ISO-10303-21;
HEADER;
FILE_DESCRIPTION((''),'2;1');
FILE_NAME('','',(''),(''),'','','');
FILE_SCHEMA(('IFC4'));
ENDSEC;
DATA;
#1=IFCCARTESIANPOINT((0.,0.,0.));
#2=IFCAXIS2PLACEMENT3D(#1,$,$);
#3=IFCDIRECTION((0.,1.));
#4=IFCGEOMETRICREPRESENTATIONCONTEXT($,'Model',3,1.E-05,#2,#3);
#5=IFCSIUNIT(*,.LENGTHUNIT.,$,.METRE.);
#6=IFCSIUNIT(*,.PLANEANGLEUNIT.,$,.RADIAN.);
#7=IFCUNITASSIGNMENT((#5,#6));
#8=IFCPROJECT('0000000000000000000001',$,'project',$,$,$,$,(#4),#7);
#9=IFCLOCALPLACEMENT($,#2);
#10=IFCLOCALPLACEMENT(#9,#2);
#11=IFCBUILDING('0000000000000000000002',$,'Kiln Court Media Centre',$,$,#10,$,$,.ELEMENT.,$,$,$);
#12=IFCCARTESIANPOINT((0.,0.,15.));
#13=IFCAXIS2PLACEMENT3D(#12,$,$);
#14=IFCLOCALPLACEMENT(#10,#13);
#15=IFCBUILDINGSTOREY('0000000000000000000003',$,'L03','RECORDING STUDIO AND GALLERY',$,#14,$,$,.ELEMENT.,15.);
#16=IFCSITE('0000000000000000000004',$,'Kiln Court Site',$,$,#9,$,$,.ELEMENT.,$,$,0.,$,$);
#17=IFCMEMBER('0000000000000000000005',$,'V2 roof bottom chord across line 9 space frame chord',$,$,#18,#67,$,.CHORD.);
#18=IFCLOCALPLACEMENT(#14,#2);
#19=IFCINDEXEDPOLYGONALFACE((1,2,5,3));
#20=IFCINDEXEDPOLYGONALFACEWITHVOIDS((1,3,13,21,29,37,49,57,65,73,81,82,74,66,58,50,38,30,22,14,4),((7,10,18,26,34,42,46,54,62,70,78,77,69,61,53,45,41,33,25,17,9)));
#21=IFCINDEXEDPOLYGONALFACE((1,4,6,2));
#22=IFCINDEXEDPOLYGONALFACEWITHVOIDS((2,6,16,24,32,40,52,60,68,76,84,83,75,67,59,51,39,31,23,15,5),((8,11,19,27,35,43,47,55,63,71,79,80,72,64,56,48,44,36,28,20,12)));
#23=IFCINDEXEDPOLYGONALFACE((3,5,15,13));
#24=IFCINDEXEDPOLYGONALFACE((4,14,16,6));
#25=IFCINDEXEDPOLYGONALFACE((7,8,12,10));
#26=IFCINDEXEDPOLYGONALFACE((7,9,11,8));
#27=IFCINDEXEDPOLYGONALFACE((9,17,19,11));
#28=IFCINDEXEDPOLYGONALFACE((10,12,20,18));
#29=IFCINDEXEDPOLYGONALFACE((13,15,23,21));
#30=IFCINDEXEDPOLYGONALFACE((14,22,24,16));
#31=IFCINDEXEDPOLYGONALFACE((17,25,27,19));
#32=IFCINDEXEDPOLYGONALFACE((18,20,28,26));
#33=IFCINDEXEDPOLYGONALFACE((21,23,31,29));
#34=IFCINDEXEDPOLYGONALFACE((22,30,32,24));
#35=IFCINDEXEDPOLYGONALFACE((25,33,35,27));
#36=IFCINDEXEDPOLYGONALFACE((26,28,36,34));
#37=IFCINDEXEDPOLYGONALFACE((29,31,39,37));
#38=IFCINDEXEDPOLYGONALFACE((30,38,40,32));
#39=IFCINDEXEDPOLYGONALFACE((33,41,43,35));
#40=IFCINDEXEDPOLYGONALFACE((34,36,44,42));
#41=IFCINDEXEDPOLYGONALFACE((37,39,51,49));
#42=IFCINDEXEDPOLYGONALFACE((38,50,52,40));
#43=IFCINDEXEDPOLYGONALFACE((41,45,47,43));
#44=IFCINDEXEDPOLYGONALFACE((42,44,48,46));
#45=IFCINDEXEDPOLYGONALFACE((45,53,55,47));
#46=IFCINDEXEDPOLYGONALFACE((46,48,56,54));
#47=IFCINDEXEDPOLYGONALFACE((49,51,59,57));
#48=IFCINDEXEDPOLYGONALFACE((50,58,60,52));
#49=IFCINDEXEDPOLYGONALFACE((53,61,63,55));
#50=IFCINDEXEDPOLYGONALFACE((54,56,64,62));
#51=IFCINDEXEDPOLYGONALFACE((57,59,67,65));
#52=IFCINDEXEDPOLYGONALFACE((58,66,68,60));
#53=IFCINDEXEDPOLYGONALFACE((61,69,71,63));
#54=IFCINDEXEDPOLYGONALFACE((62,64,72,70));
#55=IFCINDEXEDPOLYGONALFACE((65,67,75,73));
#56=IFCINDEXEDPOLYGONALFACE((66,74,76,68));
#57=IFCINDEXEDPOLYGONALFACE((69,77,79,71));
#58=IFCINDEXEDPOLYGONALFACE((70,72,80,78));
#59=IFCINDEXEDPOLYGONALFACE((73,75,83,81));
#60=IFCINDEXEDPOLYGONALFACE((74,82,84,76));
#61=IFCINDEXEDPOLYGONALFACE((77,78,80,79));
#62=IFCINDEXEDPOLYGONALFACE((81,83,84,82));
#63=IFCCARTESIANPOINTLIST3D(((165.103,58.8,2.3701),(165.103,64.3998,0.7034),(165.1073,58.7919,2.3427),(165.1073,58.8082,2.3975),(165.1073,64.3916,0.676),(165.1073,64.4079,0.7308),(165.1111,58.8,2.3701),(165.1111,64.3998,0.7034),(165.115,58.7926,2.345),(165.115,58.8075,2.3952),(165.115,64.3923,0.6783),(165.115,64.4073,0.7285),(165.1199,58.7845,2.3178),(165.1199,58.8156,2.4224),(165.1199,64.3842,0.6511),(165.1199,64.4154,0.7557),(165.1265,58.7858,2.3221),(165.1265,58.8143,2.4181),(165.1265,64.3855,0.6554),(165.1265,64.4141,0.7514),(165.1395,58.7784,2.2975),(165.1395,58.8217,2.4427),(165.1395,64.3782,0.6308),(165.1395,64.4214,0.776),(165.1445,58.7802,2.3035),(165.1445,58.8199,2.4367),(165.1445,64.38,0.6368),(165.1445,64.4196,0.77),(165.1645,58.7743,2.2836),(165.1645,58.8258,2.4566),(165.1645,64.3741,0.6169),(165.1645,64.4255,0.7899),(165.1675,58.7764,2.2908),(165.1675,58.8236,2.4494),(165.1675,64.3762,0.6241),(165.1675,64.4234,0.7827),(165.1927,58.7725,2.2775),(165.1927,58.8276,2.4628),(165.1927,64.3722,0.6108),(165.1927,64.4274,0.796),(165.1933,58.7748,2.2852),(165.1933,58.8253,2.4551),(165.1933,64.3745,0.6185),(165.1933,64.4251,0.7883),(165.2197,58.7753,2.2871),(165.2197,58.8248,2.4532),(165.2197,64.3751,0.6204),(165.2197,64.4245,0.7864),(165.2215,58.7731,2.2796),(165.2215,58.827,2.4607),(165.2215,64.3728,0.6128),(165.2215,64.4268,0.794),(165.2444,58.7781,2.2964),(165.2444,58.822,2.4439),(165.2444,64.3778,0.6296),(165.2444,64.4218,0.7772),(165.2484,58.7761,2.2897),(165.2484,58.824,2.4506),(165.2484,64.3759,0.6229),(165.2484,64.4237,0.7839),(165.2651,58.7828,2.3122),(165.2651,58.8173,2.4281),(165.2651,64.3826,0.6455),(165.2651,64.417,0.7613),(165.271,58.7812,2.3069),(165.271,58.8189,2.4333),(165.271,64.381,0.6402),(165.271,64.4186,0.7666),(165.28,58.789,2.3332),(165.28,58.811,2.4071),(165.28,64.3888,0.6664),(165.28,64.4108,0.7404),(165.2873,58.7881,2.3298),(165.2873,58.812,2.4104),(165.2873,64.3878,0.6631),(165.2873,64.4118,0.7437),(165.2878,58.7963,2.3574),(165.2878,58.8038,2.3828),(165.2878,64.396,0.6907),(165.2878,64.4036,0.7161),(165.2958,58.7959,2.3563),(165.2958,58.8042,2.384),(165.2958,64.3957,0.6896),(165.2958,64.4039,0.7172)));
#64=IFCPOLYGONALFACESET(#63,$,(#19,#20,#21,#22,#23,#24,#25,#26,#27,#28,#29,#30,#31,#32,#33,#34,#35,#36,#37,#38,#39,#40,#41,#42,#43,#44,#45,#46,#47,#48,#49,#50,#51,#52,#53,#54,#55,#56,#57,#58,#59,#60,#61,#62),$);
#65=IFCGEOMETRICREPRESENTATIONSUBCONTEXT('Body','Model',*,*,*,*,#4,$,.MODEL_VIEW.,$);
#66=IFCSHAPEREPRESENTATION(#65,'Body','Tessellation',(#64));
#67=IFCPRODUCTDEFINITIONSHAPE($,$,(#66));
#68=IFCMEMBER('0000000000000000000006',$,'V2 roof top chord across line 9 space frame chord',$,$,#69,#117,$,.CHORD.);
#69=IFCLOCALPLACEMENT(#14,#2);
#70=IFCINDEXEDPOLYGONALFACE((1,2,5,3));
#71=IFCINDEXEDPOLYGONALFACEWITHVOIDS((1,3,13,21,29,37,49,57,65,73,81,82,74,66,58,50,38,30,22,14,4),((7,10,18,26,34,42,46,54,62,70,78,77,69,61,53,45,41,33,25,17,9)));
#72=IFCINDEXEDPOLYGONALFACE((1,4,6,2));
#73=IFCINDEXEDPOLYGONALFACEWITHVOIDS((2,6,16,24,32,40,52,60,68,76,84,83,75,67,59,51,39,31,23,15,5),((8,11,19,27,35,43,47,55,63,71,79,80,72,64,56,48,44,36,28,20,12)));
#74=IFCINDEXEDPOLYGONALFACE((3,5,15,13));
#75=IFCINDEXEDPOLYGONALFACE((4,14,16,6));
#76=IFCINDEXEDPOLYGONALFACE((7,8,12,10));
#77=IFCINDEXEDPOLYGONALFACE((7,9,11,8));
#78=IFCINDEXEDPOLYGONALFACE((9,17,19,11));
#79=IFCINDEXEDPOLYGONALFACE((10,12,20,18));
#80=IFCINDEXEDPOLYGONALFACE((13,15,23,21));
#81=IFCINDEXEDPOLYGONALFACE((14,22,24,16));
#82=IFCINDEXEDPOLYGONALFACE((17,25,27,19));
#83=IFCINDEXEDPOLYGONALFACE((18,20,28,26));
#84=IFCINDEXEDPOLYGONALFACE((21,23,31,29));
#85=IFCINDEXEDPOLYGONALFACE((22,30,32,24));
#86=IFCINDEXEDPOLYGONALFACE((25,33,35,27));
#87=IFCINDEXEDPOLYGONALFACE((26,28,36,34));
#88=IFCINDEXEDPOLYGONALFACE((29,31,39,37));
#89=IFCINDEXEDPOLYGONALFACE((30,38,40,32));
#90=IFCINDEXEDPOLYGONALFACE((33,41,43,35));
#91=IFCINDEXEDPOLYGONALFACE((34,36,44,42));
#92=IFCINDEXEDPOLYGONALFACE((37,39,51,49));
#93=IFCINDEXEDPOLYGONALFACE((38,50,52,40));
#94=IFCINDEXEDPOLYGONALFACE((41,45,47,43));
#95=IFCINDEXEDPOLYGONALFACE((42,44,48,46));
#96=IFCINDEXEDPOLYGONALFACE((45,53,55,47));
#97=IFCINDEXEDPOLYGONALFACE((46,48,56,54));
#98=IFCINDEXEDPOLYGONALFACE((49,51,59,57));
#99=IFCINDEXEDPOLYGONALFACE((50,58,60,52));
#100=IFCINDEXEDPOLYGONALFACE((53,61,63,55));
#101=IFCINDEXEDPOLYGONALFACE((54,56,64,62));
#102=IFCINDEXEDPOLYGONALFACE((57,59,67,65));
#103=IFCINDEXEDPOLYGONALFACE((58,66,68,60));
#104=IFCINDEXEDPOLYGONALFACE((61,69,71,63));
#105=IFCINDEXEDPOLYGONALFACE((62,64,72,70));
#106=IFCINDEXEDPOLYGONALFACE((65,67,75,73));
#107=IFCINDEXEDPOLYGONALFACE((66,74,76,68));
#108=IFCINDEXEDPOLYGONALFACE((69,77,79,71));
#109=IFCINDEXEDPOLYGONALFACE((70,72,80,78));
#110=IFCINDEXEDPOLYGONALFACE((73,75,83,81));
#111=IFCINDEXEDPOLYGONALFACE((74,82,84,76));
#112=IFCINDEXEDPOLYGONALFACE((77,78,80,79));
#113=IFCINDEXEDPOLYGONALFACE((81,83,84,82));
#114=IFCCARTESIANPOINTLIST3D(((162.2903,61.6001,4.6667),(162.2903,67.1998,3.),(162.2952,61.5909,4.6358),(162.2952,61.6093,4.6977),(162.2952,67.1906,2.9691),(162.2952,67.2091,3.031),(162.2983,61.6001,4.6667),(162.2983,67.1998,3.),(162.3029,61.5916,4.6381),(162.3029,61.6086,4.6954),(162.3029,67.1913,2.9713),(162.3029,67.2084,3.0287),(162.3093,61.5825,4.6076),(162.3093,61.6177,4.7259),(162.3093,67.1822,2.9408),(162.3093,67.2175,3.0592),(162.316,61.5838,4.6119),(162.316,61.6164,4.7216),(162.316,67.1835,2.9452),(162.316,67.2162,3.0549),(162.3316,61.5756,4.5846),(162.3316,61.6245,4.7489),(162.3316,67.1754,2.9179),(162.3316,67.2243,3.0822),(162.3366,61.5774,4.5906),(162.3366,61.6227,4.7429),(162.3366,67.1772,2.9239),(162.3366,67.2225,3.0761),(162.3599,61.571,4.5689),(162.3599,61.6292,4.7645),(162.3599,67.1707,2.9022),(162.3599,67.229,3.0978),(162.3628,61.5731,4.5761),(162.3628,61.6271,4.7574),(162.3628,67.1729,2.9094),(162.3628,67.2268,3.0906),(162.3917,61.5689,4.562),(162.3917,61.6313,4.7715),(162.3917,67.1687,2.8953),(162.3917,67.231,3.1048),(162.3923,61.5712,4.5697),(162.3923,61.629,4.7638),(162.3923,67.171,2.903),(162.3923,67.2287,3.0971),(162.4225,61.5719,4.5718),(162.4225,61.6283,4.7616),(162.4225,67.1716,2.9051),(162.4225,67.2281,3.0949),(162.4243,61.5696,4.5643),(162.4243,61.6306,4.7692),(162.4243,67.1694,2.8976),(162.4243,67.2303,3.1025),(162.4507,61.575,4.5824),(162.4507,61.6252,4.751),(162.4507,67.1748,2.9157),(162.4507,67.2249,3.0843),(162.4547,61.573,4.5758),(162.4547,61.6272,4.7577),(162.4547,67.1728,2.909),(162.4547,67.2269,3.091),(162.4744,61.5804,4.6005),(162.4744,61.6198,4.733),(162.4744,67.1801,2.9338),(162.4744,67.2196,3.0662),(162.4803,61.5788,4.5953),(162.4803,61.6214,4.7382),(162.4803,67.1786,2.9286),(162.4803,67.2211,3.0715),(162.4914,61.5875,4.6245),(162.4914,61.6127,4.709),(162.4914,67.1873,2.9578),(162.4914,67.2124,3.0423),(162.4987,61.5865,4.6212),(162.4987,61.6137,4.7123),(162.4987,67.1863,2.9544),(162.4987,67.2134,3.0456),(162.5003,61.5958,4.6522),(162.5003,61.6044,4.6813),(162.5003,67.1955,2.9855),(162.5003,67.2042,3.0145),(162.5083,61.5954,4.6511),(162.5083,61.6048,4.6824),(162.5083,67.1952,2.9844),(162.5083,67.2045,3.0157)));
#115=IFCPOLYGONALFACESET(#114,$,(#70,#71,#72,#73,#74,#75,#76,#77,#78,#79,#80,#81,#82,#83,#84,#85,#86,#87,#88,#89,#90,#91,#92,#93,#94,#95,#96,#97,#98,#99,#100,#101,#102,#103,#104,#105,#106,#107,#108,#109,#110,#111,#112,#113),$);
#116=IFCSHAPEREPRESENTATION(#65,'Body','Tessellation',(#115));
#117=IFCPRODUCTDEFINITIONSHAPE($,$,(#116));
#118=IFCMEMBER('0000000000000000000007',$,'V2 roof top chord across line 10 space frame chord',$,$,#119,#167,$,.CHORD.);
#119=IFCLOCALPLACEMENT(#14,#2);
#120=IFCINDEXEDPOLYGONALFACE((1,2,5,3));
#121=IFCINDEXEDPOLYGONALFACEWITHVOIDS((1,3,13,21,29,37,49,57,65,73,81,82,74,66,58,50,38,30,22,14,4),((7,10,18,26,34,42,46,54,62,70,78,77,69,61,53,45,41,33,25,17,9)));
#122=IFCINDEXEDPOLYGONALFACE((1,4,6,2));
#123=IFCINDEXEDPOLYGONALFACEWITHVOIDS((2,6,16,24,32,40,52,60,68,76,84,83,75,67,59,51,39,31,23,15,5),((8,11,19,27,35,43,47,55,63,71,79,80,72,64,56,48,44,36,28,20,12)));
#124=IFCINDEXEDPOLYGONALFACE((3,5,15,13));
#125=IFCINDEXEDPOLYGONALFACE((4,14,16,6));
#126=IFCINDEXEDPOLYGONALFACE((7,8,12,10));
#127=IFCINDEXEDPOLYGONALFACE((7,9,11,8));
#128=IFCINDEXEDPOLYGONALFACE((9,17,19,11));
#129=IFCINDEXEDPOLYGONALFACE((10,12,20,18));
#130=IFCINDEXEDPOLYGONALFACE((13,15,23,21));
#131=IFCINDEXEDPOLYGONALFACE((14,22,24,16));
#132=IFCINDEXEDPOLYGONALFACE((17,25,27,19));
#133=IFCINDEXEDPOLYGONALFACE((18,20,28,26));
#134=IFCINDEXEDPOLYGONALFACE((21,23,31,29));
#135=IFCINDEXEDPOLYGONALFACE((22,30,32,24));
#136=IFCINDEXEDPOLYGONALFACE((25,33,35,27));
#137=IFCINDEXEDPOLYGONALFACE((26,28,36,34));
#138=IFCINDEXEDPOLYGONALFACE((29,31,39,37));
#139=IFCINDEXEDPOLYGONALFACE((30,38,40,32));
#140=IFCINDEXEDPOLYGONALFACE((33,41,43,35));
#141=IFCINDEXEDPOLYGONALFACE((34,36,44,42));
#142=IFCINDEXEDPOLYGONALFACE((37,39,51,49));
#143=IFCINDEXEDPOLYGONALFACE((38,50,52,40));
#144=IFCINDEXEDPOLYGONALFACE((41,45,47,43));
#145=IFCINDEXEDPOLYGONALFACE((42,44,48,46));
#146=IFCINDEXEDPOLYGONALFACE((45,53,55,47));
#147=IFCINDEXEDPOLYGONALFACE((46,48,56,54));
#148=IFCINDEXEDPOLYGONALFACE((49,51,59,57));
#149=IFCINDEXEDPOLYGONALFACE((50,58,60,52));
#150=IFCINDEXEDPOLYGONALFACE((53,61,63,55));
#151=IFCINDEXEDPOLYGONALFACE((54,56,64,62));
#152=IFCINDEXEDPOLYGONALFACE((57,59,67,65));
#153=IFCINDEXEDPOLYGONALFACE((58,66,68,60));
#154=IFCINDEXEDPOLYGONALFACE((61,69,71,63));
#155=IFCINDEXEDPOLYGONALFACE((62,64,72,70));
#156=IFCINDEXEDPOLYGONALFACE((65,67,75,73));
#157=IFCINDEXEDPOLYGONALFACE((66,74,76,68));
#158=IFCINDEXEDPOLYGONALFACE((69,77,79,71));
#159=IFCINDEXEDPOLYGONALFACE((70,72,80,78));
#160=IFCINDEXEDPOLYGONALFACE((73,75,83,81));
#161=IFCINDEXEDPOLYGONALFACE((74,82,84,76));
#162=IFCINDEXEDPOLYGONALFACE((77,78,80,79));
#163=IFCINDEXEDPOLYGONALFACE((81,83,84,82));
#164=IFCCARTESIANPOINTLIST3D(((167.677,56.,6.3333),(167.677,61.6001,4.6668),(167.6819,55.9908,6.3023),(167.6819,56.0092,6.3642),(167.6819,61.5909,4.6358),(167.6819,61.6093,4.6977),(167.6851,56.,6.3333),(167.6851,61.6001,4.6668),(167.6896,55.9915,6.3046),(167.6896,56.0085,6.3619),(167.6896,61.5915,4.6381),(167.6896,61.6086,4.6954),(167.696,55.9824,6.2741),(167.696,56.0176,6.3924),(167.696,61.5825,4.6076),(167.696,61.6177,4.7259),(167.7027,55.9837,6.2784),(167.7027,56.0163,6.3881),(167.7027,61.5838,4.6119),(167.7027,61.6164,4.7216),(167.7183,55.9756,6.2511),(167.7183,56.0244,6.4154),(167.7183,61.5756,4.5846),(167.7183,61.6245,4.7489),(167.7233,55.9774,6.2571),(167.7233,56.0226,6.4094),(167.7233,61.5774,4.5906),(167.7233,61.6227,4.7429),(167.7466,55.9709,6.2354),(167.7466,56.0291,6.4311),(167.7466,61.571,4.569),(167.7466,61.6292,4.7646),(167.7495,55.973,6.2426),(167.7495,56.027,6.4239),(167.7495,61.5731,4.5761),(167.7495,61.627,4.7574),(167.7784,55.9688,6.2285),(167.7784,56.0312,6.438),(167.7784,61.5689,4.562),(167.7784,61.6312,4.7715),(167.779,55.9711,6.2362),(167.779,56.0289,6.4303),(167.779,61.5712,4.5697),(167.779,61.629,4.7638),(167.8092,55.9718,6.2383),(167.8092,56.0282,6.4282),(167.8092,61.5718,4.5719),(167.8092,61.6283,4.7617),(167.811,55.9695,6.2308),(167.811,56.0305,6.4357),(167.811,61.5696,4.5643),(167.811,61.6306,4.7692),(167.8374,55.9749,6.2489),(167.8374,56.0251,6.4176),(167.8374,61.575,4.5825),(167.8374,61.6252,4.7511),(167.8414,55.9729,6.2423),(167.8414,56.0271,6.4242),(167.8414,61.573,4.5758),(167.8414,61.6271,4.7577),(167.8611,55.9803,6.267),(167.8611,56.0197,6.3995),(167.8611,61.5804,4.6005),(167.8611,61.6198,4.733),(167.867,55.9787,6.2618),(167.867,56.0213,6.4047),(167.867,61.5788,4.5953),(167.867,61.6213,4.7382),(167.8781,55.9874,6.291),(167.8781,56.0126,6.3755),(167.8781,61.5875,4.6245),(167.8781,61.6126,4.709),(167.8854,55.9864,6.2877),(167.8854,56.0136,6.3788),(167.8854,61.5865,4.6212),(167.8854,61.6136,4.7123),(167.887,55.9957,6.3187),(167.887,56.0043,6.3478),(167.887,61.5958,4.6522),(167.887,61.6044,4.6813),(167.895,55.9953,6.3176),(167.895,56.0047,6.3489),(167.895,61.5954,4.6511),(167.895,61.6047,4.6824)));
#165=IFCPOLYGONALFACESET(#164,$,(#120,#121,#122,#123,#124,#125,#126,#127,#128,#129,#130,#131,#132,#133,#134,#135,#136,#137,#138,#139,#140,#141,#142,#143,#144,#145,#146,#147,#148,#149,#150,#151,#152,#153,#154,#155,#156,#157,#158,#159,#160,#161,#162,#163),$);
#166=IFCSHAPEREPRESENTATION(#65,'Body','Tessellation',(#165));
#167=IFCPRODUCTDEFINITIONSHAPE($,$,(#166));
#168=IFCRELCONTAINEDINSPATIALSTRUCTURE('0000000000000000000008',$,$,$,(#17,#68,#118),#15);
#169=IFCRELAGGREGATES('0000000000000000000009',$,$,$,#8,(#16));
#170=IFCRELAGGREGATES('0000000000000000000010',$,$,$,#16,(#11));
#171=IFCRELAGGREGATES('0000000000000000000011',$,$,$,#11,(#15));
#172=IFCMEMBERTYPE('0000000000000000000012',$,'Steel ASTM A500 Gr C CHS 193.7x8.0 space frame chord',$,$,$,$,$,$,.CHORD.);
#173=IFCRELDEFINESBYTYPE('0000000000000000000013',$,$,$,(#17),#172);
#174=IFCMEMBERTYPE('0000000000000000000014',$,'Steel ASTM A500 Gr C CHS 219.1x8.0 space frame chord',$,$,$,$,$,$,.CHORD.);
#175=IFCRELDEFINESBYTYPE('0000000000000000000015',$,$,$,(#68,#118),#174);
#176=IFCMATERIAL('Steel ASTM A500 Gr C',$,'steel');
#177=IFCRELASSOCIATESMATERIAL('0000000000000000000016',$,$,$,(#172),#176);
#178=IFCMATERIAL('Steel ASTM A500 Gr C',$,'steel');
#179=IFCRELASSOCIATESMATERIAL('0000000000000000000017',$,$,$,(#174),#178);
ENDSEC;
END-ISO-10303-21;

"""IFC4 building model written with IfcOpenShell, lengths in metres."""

from ifc_helpers import new_model, si_unit, direction, frame, origin, origin_2d, place, context, subcontext, project, spatial, hollow_circle, extrude, material, material_profile, profile_set, type_object, element, save


model = new_model("IFC4")

# Units and contexts
model_context = context("Model", 3, precision=1e-05, world=origin(), true_north=direction((0.0, 1.0)))
body_context = subcontext(model_context, "Body", "Model", "MODEL_VIEW")
ifc_project = project(units=[si_unit("LENGTHUNIT", "METRE"), si_unit("PLANEANGLEUNIT", "RADIAN")], contexts=[model_context])

# Site, building, storey
site_placement = place(None, origin())
site = spatial("IfcSite", under=ifc_project, at=site_placement, Name="Kiln Court Site", CompositionType="ELEMENT", RefElevation=0.0)
building_placement = place(site_placement, origin())
building = spatial("IfcBuilding", under=site, at=building_placement, Name="Kiln Court Media Centre", CompositionType="ELEMENT")
storey_placement = place(building_placement, frame((0.0, 0.0, 15.0)))
storey = spatial("IfcBuildingStorey", under=building, at=storey_placement, Name="L03", Description="RECORDING STUDIO AND GALLERY", CompositionType="ELEMENT", Elevation=15.0)

# Members
ifc_material_1 = material(Name="Steel ASTM A500 Gr C", Category="steel")
ifc_material_profile_1 = material_profile(ifc_material_1, hollow_circle(Radius=0.0969, WallThickness=0.0081, at=origin_2d()), Name="CHS 193.7x8.0")
ifc_profile_set_1 = profile_set([ifc_material_profile_1], Name="Steel ASTM A500 Gr C")
member_type_1 = type_object("IfcMemberType", Name="Steel ASTM A500 Gr C CHS 193.7x8.0 space frame chord", PredefinedType="CHORD", material=ifc_profile_set_1)
member_1_placement = place(storey_placement, frame((165.2, 58.8, 2.3701), z_axis=(0.0, 0.958446, -0.285273), x_axis=(-1.0, 0.0, 0.0)))
element("IfcMember", 1, at=member_1_placement, inside=storey, type_object=member_type_1, Name="V2 roof bottom chord across line 9 space frame chord", PredefinedType="CHORD", context=body_context, shape_type="SweptSolid", body=[
    extrude(hollow_circle(Radius=0.0969, WallThickness=0.0081, at=origin_2d()), origin(), (0.0, 0.0, 1.0), 5.8425),
])
ifc_material_2 = material(Name="Steel ASTM A500 Gr C", Category="steel")
ifc_material_profile_2 = material_profile(ifc_material_2, hollow_circle(Radius=0.1096, WallThickness=0.0081, at=origin_2d()), Name="CHS 219.1x8.0")
ifc_profile_set_2 = profile_set([ifc_material_profile_2], Name="Steel ASTM A500 Gr C")
member_type_2 = type_object("IfcMemberType", Name="Steel ASTM A500 Gr C CHS 219.1x8.0 space frame chord", PredefinedType="CHORD", material=ifc_profile_set_2)
member_2_placement = place(storey_placement, frame((162.3999, 61.6001, 4.6667), z_axis=(0.0, 0.958446, -0.285273), x_axis=(-1.0, 0.0, 0.0)))
element("IfcMember", 2, at=member_2_placement, inside=storey, type_object=member_type_2, Name="V2 roof top chord across line 9 space frame chord", PredefinedType="CHORD", context=body_context, shape_type="SweptSolid", body=[
    extrude(hollow_circle(Radius=0.1096, WallThickness=0.0081, at=origin_2d()), origin(), (0.0, 0.0, 1.0), 5.8425),
])
member_3_placement = place(storey_placement, frame((167.7866, 56.0, 6.3333), z_axis=(0.0, 0.958461, -0.285223), x_axis=(-1.0, 0.0, 0.0)))
element("IfcMember", 3, at=member_3_placement, inside=storey, type_object=member_type_2, Name="V2 roof top chord across line 10 space frame chord", PredefinedType="CHORD", context=body_context, shape_type="SweptSolid", body=[
    extrude(hollow_circle(Radius=0.1096, WallThickness=0.0081, at=origin_2d()), origin(), (0.0, 0.0, 1.0), 5.8428),
])

save(model, "model.ifc")
